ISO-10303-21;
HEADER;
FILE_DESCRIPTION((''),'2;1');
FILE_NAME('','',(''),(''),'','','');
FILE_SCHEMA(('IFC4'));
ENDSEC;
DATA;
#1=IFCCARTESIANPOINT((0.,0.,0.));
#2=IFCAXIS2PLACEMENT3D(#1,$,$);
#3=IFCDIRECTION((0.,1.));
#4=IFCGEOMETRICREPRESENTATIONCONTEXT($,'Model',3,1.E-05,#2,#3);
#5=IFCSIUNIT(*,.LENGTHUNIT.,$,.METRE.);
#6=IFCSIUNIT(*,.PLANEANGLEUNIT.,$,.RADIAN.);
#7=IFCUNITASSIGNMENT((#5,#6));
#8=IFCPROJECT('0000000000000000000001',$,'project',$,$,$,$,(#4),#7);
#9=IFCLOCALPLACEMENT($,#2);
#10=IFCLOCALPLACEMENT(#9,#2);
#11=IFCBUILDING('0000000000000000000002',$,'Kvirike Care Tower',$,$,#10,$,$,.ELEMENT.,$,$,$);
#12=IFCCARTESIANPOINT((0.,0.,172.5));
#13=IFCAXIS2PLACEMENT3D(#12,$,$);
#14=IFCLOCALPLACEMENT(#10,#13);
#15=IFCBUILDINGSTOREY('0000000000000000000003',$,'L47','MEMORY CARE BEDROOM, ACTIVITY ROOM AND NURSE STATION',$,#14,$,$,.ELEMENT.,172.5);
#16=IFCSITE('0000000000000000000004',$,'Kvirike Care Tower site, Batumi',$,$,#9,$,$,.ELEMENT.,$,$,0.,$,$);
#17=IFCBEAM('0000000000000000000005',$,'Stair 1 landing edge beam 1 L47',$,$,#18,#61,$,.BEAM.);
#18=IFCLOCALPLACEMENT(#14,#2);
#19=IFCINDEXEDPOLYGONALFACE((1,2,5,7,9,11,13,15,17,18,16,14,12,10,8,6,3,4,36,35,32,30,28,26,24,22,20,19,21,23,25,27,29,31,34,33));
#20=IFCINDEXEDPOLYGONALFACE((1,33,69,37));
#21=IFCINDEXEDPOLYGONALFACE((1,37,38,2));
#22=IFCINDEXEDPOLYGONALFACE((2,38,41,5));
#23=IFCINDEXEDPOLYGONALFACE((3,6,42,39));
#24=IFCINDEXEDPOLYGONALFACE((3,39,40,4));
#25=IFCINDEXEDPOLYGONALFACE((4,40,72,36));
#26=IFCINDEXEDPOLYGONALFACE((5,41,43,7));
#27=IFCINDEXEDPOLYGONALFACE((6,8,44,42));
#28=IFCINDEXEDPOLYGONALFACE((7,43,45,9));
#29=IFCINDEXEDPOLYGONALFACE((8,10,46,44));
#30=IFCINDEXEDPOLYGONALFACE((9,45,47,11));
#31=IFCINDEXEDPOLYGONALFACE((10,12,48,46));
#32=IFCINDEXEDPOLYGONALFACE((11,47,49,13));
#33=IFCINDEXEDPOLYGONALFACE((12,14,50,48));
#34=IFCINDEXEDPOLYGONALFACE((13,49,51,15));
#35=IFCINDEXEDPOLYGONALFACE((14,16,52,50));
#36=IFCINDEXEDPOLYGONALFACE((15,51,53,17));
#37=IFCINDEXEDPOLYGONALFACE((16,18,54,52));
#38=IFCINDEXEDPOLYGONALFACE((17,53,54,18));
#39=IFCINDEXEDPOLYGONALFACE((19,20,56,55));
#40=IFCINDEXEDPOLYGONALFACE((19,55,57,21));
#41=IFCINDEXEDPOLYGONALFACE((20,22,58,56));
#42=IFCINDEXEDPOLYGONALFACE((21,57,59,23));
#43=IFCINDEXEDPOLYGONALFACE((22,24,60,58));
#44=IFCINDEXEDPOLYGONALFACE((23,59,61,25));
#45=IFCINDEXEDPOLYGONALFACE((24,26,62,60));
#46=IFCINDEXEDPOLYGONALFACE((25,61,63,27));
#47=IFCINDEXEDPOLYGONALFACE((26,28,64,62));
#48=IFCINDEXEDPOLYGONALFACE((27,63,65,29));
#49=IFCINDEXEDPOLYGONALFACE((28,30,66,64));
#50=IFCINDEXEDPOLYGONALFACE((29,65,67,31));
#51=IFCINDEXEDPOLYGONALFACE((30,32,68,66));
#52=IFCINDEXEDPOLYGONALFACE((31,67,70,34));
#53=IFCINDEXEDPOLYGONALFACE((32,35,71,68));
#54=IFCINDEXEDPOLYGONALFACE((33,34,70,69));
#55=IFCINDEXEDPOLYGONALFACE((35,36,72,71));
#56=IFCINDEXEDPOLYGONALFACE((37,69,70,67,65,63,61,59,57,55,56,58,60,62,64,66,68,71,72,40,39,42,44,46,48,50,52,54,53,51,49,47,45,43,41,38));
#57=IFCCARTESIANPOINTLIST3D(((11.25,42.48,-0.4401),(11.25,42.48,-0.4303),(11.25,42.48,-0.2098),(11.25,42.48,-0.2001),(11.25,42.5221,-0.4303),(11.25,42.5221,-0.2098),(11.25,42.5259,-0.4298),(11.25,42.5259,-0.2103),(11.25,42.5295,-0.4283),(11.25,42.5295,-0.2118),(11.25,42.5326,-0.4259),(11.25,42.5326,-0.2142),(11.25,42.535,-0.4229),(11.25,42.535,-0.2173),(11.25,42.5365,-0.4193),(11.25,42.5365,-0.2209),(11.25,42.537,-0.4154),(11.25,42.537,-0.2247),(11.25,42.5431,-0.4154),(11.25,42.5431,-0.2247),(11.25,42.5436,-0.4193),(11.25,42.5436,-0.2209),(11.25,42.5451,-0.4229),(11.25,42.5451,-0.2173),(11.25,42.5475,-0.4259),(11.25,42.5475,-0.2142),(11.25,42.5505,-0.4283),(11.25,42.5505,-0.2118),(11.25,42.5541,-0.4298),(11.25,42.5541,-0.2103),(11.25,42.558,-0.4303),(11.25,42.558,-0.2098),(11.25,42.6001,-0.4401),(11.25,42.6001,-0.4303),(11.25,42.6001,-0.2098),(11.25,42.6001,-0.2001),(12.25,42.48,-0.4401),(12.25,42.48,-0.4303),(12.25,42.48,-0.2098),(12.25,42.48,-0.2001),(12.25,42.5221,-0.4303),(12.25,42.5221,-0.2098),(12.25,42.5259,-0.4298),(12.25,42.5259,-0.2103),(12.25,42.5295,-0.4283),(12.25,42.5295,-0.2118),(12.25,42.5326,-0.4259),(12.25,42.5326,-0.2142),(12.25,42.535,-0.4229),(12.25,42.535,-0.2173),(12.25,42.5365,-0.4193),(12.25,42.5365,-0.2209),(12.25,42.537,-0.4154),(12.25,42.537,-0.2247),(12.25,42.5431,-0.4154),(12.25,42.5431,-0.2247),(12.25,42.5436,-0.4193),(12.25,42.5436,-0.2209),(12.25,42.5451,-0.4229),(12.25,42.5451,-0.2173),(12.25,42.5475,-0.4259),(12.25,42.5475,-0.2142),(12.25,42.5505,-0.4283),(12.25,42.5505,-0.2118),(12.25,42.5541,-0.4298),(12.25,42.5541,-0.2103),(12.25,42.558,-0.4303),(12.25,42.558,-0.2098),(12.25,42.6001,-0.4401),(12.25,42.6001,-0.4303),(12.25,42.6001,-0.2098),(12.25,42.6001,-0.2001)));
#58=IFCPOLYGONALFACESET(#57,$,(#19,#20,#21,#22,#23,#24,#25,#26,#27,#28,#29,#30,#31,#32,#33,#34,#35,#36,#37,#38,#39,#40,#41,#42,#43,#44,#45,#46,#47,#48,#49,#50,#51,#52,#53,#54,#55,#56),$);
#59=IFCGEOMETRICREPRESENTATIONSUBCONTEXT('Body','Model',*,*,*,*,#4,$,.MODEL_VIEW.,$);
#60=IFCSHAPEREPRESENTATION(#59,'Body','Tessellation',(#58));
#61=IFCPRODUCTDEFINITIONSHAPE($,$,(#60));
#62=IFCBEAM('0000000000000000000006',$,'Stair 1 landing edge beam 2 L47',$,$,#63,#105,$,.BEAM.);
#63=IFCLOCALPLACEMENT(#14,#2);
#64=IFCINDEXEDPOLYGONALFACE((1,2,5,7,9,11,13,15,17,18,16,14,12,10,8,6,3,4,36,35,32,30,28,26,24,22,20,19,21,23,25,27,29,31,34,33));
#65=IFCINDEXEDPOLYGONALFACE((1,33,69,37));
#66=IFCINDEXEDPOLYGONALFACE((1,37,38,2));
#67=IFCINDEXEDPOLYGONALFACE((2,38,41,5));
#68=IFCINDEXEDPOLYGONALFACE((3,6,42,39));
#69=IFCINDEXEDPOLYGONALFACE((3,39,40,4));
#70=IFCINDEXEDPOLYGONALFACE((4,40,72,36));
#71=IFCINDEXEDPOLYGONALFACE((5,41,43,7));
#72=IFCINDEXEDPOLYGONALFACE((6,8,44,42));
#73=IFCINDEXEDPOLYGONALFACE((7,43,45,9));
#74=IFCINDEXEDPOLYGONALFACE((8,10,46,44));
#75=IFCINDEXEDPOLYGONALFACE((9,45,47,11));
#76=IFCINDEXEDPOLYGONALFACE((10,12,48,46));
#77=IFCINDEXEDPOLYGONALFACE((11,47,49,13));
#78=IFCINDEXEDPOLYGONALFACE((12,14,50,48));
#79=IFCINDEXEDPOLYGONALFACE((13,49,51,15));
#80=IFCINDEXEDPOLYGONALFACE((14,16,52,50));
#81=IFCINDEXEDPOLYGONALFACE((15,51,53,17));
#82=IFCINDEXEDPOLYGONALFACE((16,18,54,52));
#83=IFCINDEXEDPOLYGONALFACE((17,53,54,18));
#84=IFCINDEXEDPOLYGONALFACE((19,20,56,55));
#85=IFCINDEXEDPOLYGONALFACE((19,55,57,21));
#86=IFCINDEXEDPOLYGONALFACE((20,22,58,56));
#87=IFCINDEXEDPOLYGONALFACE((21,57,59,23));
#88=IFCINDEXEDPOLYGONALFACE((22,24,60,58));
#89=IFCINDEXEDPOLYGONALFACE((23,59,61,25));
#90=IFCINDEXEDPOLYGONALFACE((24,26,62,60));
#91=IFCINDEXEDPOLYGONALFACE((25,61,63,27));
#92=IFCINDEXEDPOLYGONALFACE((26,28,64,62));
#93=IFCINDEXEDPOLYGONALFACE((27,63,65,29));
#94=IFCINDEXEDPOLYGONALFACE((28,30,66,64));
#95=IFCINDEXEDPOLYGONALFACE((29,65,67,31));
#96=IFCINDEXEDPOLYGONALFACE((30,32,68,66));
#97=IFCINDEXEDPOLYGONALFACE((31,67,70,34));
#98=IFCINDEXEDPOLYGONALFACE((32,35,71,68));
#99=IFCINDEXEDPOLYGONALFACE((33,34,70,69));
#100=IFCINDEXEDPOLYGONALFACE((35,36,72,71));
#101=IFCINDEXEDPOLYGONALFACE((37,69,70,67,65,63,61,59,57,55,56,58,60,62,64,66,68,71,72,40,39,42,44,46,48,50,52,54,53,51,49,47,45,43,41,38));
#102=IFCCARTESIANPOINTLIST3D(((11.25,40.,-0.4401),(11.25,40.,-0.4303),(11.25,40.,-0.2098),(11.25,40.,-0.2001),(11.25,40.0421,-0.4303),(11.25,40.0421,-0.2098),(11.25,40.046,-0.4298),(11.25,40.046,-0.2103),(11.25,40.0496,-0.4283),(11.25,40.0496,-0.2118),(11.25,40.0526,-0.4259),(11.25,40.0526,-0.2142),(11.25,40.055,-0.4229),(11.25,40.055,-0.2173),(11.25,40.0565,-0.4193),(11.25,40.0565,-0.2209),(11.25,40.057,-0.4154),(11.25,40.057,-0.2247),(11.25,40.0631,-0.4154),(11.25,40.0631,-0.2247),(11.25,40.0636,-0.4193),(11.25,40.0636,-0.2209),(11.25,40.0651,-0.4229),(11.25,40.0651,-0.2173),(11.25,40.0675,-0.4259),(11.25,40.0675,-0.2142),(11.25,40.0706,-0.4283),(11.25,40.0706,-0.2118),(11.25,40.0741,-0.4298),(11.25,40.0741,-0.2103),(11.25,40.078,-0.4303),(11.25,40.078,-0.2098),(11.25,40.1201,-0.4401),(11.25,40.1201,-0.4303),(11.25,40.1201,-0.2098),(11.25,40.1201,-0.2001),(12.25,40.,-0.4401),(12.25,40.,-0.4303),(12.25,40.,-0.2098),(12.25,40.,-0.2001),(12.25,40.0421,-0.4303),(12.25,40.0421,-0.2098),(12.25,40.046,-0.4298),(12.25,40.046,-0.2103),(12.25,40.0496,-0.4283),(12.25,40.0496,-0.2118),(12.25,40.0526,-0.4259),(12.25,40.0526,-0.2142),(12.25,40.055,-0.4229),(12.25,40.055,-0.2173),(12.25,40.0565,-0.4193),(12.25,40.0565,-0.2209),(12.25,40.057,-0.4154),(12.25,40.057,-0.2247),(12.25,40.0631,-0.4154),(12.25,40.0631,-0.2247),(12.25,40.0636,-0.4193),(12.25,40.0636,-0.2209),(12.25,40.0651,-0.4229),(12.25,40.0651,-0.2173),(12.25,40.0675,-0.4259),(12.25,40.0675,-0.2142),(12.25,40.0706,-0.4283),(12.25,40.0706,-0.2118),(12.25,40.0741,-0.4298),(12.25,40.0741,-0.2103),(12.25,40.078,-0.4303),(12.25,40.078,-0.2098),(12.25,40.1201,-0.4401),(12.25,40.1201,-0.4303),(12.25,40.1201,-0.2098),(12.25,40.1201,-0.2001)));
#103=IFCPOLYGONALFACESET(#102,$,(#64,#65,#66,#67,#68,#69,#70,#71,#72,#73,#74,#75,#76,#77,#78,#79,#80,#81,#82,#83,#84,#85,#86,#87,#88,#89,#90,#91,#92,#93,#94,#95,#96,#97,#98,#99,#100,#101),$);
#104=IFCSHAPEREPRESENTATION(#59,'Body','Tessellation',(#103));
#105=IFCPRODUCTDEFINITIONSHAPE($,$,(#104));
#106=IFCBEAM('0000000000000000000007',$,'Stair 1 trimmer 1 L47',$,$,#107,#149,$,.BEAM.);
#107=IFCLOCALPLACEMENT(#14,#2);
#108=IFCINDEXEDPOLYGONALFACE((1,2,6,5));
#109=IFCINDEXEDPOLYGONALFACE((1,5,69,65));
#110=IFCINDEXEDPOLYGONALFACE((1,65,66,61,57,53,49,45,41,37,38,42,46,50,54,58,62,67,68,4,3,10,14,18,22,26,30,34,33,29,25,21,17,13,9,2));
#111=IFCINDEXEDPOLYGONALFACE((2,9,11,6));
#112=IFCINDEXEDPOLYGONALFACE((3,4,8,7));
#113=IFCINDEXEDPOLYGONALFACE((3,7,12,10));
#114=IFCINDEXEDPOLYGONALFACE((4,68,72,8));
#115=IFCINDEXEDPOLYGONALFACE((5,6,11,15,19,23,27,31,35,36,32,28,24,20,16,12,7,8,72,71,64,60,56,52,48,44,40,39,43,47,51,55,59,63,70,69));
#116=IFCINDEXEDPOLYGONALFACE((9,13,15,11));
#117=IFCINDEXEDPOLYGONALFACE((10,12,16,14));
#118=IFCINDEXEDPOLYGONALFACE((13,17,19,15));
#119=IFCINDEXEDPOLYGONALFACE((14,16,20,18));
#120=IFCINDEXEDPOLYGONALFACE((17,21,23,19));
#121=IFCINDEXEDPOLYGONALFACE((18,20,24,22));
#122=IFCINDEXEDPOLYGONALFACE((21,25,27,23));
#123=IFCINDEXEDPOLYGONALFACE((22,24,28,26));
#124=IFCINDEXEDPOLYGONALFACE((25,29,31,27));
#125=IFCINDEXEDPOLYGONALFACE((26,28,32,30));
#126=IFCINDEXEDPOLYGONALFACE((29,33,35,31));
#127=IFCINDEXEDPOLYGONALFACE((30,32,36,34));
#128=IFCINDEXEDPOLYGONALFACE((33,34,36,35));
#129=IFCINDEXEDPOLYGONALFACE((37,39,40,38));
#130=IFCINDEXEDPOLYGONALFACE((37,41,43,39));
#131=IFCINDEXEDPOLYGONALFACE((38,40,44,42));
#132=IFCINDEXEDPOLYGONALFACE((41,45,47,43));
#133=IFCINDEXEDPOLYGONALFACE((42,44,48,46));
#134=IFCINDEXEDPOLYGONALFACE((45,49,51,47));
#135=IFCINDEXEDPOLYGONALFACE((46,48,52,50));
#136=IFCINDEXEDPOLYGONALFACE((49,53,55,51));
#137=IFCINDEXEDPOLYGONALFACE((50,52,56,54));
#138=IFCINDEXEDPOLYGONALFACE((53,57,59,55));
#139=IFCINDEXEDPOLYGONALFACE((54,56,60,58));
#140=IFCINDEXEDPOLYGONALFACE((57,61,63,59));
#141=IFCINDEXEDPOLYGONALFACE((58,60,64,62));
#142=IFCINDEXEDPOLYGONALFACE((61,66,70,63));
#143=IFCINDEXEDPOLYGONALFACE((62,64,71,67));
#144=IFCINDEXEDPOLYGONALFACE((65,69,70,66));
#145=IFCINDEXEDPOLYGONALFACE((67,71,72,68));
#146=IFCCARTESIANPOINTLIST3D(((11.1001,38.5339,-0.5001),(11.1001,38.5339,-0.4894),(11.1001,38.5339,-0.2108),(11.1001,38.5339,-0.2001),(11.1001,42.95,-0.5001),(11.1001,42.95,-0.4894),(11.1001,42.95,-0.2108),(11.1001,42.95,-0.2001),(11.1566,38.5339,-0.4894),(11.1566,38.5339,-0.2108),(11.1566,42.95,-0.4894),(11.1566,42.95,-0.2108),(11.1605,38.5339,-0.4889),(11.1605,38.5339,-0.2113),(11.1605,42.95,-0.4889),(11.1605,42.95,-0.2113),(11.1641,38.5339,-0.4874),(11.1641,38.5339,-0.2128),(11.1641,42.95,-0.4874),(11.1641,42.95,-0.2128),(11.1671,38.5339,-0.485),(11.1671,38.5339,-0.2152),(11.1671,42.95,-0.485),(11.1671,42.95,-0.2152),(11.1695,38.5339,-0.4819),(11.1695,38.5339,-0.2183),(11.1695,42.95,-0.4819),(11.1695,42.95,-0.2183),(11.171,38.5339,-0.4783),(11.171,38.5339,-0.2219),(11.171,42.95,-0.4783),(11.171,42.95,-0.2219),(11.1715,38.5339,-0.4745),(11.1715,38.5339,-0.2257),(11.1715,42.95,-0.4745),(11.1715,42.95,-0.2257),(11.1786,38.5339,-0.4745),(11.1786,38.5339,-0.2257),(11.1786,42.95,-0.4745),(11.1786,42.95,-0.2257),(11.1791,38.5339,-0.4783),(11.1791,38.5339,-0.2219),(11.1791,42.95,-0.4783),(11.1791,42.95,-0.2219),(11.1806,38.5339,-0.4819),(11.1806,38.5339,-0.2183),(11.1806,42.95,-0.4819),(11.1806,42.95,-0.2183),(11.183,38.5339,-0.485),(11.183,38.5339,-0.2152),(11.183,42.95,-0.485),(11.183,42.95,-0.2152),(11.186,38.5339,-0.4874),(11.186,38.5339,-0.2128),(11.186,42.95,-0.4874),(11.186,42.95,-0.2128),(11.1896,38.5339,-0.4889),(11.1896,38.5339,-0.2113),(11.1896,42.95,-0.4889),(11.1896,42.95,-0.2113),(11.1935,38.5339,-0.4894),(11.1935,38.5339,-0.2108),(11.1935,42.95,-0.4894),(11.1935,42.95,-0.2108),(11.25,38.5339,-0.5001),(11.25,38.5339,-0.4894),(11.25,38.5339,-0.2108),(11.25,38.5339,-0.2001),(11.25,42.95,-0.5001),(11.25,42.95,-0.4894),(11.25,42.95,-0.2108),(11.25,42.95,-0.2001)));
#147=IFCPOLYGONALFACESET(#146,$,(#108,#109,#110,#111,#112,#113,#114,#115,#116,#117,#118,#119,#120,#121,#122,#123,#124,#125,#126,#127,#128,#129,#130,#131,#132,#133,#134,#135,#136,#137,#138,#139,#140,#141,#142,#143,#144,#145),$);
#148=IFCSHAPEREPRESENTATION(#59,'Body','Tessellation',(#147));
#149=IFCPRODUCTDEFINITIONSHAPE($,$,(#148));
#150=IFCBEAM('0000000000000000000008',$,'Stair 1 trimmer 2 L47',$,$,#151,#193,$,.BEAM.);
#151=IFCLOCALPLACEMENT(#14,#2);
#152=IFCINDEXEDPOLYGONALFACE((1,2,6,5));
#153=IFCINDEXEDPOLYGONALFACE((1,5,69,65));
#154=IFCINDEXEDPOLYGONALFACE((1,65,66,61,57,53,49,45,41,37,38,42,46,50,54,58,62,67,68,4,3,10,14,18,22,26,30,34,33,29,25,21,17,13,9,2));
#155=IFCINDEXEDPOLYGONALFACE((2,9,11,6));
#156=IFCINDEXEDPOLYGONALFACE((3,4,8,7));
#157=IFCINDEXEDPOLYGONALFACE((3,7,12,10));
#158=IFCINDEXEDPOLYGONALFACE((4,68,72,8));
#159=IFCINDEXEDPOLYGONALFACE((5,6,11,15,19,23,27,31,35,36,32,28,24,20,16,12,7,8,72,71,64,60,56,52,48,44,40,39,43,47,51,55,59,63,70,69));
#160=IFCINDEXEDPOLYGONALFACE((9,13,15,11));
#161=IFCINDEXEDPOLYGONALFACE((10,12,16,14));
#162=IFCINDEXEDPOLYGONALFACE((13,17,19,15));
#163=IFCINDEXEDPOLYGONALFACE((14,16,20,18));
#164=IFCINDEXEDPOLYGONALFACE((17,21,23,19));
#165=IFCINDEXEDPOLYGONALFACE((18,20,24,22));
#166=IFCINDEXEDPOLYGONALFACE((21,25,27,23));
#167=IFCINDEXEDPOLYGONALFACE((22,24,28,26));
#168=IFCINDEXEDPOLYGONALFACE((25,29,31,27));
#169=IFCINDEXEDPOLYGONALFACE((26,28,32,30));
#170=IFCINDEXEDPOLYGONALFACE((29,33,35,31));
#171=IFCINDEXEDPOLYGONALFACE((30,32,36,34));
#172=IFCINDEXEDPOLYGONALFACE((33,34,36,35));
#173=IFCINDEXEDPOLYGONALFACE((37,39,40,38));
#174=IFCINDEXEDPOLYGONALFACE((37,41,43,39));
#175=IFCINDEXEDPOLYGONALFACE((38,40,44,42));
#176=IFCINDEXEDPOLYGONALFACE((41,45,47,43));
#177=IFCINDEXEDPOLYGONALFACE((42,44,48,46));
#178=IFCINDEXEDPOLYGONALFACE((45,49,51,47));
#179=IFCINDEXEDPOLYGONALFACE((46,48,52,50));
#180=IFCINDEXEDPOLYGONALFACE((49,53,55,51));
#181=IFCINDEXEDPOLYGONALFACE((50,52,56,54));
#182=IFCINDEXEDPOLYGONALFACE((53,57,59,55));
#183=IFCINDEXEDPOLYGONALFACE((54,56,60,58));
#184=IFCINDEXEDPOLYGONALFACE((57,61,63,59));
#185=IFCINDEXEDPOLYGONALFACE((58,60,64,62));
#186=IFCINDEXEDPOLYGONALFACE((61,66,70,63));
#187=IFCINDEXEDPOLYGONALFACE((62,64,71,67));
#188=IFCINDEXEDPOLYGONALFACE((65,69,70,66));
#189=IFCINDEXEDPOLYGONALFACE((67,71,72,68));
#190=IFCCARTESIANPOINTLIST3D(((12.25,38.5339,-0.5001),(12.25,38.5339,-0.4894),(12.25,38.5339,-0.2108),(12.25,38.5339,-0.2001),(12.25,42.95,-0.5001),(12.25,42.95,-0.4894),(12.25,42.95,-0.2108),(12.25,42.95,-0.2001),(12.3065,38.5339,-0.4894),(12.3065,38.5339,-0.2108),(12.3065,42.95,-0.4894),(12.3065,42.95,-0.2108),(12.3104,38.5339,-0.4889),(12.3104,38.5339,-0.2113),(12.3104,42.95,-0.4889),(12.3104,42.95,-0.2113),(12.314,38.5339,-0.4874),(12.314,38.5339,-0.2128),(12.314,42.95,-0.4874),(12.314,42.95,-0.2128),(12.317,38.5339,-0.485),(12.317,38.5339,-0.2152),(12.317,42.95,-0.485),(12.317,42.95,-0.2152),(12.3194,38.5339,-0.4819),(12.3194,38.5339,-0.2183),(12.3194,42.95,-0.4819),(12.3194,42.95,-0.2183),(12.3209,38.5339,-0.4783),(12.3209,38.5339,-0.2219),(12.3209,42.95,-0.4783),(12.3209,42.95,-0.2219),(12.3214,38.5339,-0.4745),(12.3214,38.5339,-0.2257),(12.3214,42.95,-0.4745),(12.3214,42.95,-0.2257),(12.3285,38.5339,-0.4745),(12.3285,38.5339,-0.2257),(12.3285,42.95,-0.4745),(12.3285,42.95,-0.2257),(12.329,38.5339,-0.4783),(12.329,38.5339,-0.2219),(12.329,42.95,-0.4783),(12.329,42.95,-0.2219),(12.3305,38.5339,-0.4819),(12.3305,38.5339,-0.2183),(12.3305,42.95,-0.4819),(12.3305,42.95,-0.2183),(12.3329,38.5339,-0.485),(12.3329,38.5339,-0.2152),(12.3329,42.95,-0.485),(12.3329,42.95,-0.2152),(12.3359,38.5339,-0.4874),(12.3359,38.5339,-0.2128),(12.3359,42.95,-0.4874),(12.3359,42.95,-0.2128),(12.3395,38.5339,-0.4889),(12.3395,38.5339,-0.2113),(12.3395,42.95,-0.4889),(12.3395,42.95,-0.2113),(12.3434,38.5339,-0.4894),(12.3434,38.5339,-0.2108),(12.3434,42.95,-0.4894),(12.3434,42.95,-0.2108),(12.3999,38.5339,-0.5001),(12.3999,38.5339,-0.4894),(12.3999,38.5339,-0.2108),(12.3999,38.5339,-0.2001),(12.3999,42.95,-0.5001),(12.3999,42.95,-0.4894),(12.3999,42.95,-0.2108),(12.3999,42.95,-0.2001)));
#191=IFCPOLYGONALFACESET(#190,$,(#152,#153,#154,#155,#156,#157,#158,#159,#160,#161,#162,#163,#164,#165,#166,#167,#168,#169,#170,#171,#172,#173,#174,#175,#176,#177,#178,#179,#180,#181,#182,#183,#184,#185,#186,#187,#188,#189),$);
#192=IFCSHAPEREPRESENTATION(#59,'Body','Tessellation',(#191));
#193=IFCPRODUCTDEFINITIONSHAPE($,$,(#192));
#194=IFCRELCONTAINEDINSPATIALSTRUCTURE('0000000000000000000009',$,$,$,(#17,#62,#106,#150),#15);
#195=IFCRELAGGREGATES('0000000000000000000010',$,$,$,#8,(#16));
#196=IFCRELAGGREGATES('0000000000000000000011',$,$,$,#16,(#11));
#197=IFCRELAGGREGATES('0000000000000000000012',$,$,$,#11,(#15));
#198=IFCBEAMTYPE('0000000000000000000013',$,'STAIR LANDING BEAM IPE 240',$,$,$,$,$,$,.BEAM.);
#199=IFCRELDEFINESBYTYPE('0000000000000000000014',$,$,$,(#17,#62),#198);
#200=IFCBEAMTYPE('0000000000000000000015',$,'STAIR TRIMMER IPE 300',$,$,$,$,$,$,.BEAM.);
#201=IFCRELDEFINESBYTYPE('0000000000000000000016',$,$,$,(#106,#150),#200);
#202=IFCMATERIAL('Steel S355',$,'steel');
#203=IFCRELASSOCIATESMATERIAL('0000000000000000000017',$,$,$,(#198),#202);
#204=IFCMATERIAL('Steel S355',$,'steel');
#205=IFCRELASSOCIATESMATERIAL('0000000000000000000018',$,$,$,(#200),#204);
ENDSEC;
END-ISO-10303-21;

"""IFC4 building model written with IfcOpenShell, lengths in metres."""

from ifc_helpers import new_model, si_unit, direction, frame, origin, origin_2d, place, context, subcontext, project, spatial, i_section, extrude, material, material_profile, profile_set, type_object, element, save


model = new_model("IFC4")

# Units and contexts
model_context = context("Model", 3, precision=1e-05, world=origin(), true_north=direction((0.0, 1.0)))
body_context = subcontext(model_context, "Body", "Model", "MODEL_VIEW")
ifc_project = project(units=[si_unit("LENGTHUNIT", "METRE"), si_unit("PLANEANGLEUNIT", "RADIAN")], contexts=[model_context])

# Site, building, storey
site_placement = place(None, origin())
site = spatial("IfcSite", under=ifc_project, at=site_placement, Name="Kvirike Care Tower site, Batumi", CompositionType="ELEMENT", RefElevation=0.0)
building_placement = place(site_placement, origin())
building = spatial("IfcBuilding", under=site, at=building_placement, Name="Kvirike Care Tower", CompositionType="ELEMENT")
storey_placement = place(building_placement, frame((0.0, 0.0, 172.5)))
storey = spatial("IfcBuildingStorey", under=building, at=storey_placement, Name="L47", Description="MEMORY CARE BEDROOM, ACTIVITY ROOM AND NURSE STATION", CompositionType="ELEMENT", Elevation=172.5)

# Beams
ifc_material_1 = material(Name="Steel S355", Category="steel")
ifc_material_profile_1 = material_profile(ifc_material_1, i_section(OverallWidth=0.1201, OverallDepth=0.24, WebThickness=0.0061, FlangeThickness=0.0098, FilletRadius=0.0149, at=origin_2d()), Name="IPE 240")
ifc_profile_set_1 = profile_set([ifc_material_profile_1], Name="Steel S355")
beam_type_1 = type_object("IfcBeamType", Name="STAIR LANDING BEAM IPE 240", PredefinedType="BEAM", material=ifc_profile_set_1)
for number, where, z_axis, x_axis, name in (
    (1, (11.25, 42.54, -0.3201), (1.0, 0.0, 0.0), (0.0, 1.0, 0.0), "Stair 1 landing edge beam 1 L47"),
    (2, (11.25, 40.0601, -0.3201), (1.0, 0.0, 0.0), (0.0, 1.0, 0.0), "Stair 1 landing edge beam 2 L47"),
):
    element("IfcBeam", number, at=place(storey_placement, frame(where, z_axis=z_axis, x_axis=x_axis)), inside=storey, type_object=beam_type_1, Name=name, PredefinedType="BEAM", context=body_context, shape_type="SweptSolid", body=[
        extrude(i_section(OverallWidth=0.1201, OverallDepth=0.24, WebThickness=0.0061, FlangeThickness=0.0098, FilletRadius=0.0149, at=origin_2d()), origin(), (0.0, 0.0, 1.0), 1.0),
    ])
ifc_material_2 = material(Name="Steel S355", Category="steel")
ifc_material_profile_2 = material_profile(ifc_material_2, i_section(OverallWidth=0.1499, OverallDepth=0.3, WebThickness=0.0071, FlangeThickness=0.0107, FilletRadius=0.0149, at=origin_2d()), Name="IPE 300")
ifc_profile_set_2 = profile_set([ifc_material_profile_2], Name="Steel S355")
beam_type_2 = type_object("IfcBeamType", Name="STAIR TRIMMER IPE 300", PredefinedType="BEAM", material=ifc_profile_set_2)
for number, where, z_axis, x_axis, name in (
    (3, (11.175, 42.95, -0.3501), (0.0, -1.0, 0.0), (1.0, 0.0, 0.0), "Stair 1 trimmer 1 L47"),
    (4, (12.325, 42.95, -0.3501), (0.0, -1.0, 0.0), (1.0, 0.0, 0.0), "Stair 1 trimmer 2 L47"),
):
    element("IfcBeam", number, at=place(storey_placement, frame(where, z_axis=z_axis, x_axis=x_axis)), inside=storey, type_object=beam_type_2, Name=name, PredefinedType="BEAM", context=body_context, shape_type="SweptSolid", body=[
        extrude(i_section(OverallWidth=0.1499, OverallDepth=0.3, WebThickness=0.0071, FlangeThickness=0.0107, FilletRadius=0.0149, at=origin_2d()), origin(), (0.0, 0.0, 1.0), 4.416),
    ])

save(model, "model.ifc")
